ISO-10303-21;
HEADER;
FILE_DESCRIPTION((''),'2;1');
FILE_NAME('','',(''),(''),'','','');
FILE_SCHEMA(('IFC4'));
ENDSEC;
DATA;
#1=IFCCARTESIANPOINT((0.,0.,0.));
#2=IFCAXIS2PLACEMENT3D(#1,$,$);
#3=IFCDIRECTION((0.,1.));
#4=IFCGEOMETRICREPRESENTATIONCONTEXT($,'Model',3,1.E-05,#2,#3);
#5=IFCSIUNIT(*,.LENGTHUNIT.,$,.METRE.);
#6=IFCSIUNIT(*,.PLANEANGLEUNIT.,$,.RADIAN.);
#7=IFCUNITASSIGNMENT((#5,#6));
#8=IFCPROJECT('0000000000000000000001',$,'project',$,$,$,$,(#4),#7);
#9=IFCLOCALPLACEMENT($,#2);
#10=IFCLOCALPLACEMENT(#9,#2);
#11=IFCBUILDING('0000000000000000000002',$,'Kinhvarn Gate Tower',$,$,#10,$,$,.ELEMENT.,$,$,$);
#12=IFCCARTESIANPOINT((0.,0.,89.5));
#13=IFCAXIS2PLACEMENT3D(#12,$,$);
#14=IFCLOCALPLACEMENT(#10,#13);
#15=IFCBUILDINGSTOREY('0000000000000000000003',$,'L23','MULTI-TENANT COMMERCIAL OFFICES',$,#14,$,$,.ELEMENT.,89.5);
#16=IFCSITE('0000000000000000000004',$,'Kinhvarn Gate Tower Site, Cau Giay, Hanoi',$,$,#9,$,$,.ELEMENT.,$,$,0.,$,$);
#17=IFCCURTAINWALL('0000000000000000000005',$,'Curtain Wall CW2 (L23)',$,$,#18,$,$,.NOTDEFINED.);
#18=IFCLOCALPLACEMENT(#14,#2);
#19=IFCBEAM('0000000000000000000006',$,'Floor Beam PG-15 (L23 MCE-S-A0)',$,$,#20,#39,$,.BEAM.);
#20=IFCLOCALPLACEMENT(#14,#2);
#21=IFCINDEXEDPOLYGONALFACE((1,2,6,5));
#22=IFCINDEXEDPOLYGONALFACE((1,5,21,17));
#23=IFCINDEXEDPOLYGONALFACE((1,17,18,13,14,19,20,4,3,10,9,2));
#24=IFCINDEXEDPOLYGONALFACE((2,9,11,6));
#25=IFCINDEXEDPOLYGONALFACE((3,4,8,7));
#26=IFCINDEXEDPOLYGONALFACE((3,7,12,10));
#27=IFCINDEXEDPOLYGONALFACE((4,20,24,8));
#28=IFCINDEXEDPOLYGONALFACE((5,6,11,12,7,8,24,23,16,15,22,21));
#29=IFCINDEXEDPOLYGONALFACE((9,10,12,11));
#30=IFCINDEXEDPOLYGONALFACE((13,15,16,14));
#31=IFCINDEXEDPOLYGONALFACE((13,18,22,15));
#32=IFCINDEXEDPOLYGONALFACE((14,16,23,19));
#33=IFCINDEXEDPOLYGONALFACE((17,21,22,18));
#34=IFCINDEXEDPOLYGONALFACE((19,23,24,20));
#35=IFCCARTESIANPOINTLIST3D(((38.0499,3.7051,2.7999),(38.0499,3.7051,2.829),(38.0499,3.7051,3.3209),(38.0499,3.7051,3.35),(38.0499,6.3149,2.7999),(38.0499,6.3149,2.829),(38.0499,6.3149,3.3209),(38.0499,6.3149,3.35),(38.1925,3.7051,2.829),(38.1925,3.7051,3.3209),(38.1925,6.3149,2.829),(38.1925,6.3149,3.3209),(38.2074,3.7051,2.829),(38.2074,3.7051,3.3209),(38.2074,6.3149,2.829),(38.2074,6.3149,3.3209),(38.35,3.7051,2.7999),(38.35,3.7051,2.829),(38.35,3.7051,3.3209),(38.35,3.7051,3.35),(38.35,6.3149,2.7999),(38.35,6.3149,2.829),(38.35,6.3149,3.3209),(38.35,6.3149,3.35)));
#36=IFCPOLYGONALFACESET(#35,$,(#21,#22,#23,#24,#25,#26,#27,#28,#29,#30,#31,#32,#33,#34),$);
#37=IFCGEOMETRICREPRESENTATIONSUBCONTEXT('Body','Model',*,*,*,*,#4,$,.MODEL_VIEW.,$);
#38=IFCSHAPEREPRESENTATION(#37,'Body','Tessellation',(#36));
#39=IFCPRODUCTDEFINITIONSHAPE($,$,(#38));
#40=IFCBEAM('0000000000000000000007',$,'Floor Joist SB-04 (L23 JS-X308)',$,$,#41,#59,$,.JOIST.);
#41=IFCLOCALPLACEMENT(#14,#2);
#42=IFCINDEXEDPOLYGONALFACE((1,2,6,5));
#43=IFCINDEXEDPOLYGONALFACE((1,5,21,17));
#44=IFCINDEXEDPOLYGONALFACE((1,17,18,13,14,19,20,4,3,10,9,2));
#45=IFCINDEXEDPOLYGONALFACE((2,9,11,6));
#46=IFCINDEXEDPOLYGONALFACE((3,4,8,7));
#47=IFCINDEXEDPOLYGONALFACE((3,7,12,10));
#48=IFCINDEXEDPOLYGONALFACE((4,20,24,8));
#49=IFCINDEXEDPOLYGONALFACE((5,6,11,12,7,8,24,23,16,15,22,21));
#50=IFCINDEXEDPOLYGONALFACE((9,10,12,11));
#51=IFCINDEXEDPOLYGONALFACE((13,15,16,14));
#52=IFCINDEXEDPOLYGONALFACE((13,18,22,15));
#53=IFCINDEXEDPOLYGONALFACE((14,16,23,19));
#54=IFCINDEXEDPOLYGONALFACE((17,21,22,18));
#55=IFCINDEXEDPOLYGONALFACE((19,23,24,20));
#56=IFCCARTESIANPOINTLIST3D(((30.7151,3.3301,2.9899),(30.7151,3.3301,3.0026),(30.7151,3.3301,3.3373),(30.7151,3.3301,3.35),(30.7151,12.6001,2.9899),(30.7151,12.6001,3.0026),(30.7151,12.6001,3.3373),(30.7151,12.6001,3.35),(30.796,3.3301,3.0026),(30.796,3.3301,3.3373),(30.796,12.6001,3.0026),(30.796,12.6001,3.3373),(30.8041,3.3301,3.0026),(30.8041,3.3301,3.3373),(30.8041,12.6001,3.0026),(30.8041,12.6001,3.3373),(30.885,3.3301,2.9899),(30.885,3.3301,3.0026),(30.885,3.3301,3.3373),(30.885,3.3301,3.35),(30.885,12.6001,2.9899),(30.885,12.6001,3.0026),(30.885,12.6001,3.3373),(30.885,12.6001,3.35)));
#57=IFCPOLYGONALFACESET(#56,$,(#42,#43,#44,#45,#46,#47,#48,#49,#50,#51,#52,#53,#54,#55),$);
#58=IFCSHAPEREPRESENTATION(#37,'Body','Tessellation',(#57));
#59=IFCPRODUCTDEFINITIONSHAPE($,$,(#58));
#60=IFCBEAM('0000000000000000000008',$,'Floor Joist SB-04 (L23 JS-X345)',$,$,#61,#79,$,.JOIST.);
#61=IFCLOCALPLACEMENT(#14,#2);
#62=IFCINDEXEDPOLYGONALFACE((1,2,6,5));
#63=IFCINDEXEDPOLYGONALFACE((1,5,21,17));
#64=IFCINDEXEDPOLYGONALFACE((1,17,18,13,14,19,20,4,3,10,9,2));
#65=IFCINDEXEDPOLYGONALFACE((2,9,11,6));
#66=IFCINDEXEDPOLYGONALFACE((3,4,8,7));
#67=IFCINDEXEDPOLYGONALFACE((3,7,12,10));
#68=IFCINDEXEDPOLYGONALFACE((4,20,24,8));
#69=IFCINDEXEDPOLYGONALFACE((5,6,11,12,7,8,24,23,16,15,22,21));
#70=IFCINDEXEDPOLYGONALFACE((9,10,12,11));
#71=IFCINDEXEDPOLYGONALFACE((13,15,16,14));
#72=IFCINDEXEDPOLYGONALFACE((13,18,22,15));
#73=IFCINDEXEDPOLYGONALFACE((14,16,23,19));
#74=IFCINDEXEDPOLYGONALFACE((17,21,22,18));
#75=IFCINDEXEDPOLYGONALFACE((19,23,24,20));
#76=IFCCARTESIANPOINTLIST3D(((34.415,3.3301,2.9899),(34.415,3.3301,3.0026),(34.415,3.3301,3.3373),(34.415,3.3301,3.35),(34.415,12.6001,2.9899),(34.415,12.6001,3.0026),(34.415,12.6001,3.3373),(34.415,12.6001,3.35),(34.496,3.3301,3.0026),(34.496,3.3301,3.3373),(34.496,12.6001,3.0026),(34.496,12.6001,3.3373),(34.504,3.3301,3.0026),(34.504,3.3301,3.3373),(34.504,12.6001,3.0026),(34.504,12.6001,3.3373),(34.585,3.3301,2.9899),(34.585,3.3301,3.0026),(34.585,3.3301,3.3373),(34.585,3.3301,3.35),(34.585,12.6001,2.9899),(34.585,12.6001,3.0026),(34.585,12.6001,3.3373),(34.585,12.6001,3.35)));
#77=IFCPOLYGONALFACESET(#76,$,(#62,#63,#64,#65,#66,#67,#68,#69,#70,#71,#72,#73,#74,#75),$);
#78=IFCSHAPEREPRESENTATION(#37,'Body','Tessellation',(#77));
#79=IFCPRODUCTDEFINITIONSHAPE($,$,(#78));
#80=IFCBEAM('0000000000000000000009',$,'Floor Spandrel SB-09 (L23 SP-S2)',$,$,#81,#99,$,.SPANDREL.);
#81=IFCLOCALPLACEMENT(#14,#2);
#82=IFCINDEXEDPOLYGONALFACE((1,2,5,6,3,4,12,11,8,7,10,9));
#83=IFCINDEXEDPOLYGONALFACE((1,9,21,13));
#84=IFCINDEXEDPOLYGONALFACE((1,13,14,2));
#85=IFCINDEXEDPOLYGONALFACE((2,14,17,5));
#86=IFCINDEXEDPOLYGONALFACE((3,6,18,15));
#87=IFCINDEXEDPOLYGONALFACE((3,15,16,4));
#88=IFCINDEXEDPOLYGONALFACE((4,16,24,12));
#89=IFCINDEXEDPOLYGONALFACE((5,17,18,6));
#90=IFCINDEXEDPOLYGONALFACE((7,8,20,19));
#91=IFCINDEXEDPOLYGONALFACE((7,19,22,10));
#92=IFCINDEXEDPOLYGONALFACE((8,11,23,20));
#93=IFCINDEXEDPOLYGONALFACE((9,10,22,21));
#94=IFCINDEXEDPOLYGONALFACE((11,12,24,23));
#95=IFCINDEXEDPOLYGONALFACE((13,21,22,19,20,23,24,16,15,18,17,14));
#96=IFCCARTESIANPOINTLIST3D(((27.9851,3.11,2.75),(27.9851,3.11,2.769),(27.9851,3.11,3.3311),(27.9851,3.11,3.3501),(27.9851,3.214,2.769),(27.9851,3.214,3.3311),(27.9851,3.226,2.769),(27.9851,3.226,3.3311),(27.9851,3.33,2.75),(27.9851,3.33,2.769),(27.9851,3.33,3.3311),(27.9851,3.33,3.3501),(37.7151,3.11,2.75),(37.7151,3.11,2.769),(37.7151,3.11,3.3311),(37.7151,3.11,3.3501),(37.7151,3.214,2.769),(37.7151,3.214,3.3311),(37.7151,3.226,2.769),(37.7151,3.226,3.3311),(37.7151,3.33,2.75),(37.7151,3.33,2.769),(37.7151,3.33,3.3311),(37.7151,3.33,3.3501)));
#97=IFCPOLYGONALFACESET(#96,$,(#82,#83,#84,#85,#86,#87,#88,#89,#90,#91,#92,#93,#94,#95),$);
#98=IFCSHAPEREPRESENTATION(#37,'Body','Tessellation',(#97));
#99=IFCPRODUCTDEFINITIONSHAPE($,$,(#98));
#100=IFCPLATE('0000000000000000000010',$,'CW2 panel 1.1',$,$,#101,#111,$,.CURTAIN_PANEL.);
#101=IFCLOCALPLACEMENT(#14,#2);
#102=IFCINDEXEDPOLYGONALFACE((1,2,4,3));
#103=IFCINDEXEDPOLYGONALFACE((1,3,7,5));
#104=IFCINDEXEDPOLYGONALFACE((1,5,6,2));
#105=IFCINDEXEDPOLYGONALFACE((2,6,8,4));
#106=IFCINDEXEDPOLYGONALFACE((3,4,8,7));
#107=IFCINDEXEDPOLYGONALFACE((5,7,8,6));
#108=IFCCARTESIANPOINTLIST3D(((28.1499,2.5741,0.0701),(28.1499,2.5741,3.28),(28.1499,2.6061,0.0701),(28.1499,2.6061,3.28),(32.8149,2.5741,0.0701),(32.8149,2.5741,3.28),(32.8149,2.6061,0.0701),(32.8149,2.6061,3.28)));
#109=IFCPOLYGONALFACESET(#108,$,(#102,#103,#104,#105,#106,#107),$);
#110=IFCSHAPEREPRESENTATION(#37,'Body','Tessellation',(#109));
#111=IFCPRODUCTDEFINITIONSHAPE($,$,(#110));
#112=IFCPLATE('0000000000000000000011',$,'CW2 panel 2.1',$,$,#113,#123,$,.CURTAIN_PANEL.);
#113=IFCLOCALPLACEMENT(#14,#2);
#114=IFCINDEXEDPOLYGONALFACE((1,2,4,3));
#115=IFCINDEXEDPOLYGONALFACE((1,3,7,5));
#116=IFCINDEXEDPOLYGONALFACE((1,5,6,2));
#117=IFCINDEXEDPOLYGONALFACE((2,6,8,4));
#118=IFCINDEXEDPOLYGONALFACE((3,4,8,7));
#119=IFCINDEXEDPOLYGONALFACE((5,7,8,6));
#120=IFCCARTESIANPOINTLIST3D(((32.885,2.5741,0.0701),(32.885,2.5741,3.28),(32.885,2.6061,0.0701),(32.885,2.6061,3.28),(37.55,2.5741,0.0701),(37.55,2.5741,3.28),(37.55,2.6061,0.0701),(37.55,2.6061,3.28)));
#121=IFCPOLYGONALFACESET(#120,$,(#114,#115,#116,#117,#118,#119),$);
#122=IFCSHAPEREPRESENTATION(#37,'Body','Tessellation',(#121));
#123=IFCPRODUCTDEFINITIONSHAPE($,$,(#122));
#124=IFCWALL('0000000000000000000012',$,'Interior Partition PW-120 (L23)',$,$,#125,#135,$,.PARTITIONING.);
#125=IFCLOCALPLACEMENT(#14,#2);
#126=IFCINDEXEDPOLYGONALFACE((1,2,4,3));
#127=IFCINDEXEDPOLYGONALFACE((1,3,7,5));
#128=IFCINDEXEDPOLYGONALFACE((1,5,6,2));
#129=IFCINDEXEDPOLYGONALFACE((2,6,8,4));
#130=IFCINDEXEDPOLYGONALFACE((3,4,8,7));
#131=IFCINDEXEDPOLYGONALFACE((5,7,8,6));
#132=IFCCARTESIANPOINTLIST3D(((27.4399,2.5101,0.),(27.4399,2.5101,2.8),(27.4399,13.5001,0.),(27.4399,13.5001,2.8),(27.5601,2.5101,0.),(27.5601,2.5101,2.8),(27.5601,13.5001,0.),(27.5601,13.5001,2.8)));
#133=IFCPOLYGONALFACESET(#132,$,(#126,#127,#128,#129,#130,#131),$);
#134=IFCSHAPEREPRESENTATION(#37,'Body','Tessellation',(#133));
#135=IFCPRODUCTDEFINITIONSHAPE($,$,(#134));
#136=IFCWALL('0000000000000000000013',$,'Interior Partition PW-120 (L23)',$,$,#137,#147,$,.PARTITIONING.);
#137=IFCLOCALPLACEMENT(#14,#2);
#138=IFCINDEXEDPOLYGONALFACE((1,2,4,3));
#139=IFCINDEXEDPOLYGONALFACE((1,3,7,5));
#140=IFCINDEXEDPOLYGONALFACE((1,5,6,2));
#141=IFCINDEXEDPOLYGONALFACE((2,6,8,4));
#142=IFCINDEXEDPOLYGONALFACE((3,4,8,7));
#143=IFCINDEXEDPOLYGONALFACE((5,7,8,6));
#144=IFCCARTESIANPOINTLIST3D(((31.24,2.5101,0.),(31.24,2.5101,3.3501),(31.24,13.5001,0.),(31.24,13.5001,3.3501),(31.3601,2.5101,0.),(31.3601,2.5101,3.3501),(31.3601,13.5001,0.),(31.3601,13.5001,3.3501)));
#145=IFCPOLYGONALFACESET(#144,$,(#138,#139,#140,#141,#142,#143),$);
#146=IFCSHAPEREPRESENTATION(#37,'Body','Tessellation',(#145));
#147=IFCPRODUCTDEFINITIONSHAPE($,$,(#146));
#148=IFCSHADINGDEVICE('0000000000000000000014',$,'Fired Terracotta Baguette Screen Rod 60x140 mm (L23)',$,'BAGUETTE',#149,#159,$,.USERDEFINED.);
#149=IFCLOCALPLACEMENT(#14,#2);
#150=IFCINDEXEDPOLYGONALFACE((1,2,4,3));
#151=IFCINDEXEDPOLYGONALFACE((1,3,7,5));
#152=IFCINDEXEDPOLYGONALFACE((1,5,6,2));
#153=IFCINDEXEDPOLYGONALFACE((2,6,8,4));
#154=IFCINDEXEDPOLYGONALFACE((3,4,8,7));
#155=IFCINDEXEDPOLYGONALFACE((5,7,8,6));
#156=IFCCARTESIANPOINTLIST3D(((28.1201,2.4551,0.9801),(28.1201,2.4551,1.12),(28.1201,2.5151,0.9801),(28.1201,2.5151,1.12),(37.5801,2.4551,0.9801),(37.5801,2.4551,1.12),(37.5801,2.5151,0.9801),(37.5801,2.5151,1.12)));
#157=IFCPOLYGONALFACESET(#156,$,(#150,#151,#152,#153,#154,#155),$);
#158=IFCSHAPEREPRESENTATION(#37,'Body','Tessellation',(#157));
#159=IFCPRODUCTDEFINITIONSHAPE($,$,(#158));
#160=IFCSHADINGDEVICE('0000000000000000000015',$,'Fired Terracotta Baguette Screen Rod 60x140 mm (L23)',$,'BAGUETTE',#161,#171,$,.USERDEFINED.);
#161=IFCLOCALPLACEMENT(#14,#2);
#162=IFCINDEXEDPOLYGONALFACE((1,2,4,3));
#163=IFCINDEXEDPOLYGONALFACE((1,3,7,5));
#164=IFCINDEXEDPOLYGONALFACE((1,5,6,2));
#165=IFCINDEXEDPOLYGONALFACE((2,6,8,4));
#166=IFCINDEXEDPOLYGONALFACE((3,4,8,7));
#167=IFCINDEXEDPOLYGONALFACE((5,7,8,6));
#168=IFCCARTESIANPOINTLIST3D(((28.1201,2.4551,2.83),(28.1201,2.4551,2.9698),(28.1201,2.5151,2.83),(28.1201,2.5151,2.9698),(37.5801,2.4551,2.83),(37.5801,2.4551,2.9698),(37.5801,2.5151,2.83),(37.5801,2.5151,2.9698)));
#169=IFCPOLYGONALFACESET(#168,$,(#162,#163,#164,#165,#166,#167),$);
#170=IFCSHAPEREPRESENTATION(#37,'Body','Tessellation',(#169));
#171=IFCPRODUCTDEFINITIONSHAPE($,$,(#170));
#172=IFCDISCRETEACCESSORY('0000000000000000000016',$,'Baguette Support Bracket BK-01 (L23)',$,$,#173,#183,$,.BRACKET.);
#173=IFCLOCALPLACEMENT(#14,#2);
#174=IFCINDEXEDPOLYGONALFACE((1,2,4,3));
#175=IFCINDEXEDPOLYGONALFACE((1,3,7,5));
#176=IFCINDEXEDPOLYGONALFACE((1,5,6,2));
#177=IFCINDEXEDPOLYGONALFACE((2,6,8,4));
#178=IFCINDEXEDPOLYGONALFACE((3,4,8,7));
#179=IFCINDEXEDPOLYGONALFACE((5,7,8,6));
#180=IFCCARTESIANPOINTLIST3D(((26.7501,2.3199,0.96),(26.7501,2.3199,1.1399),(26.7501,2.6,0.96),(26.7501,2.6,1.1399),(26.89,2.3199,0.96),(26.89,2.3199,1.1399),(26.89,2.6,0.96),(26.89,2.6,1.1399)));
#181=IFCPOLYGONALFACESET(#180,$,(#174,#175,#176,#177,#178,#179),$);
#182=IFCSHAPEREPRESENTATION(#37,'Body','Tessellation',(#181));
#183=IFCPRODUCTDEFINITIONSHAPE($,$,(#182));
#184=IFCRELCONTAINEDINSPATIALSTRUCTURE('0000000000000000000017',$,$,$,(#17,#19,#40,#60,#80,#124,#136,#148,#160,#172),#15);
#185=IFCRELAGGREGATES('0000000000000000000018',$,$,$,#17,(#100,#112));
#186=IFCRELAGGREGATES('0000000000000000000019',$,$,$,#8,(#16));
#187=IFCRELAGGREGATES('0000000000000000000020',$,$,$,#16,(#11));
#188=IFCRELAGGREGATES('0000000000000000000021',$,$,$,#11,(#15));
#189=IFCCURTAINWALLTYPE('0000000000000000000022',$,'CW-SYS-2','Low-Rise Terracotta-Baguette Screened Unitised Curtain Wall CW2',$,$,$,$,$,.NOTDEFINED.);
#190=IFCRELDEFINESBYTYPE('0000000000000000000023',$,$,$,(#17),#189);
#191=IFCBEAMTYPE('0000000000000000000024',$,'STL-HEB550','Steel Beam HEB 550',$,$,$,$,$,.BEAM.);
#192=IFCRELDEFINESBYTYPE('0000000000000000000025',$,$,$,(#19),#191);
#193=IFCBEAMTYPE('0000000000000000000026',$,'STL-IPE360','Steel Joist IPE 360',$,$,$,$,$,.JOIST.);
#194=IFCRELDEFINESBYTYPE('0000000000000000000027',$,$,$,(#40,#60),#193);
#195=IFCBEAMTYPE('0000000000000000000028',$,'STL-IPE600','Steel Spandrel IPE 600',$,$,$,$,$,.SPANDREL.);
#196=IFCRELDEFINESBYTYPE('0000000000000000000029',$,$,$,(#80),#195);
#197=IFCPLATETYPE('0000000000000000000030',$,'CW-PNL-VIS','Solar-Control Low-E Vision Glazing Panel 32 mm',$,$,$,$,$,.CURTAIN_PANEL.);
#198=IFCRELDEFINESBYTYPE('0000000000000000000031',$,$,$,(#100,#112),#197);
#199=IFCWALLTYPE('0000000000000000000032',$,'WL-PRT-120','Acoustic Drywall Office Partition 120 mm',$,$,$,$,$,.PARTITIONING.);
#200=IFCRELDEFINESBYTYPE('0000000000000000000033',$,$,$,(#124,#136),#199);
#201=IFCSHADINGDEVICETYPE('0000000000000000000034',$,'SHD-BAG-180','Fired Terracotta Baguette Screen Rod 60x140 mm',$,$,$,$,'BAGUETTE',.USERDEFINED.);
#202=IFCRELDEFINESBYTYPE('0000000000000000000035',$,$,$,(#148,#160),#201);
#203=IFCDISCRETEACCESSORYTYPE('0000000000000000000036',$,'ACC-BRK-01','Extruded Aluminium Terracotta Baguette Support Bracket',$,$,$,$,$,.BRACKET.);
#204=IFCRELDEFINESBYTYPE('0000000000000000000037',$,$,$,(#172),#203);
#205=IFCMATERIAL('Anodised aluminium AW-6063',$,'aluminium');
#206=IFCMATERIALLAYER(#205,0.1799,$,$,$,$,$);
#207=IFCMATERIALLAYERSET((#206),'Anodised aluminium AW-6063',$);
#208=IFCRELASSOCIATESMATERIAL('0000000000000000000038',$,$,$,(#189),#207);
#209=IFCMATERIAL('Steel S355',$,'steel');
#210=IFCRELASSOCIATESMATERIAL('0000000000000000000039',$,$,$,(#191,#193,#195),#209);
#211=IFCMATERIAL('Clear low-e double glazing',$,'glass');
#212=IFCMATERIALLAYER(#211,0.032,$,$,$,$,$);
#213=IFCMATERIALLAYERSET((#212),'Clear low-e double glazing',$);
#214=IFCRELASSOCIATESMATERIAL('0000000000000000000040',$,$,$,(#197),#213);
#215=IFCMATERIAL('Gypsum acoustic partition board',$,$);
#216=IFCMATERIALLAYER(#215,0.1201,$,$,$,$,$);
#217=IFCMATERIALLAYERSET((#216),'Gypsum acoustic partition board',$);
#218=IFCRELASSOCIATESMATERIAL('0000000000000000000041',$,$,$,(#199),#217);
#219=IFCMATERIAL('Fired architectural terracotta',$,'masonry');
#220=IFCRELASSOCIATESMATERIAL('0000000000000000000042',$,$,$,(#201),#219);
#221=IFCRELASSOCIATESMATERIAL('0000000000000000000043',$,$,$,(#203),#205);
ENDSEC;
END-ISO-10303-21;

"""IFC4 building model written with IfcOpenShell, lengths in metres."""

from ifc_helpers import new_model, si_unit, direction, frame, frame_2d, origin, origin_2d, place, context, subcontext, project, spatial, rectangle, i_section, extrude, material, layer, layer_set, material_profile, profile_set, type_object, element, aggregate, save


model = new_model("IFC4")

# Units and contexts
model_context = context("Model", 3, precision=1e-05, world=origin(), true_north=direction((0.0, 1.0)))
body_context = subcontext(model_context, "Body", "Model", "MODEL_VIEW")
ifc_project = project(units=[si_unit("LENGTHUNIT", "METRE"), si_unit("PLANEANGLEUNIT", "RADIAN")], contexts=[model_context])

# Site, building, storey
site_placement = place(None, origin())
site = spatial("IfcSite", under=ifc_project, at=site_placement, Name="Kinhvarn Gate Tower Site, Cau Giay, Hanoi", CompositionType="ELEMENT", RefElevation=0.0)
building_placement = place(site_placement, origin())
building = spatial("IfcBuilding", under=site, at=building_placement, Name="Kinhvarn Gate Tower", CompositionType="ELEMENT")
storey_placement = place(building_placement, frame((0.0, 0.0, 89.5)))
storey = spatial("IfcBuildingStorey", under=building, at=storey_placement, Name="L23", Description="MULTI-TENANT COMMERCIAL OFFICES", CompositionType="ELEMENT", Elevation=89.5)

# Shared definitions
ifc_material_1 = material(Name="Anodised aluminium AW-6063", Category="aluminium")
ifc_layer_1 = layer(ifc_material_1, 0.1799)
ifc_layer_set_1 = layer_set([ifc_layer_1], Name="Anodised aluminium AW-6063")
curtain_wall_type = type_object("IfcCurtainWallType", Name="CW-SYS-2", Description="Low-Rise Terracotta-Baguette Screened Unitised Curtain Wall CW2", PredefinedType="NOTDEFINED", material=ifc_layer_set_1)

# Curtain wall
curtain_wall_1_placement = place(storey_placement, origin())
curtain_wall_1 = element("IfcCurtainWall", 1, at=curtain_wall_1_placement, inside=storey, type_object=curtain_wall_type, Name="Curtain Wall CW2 (L23)", PredefinedType="NOTDEFINED")

# Beams
ifc_material_2 = material(Name="Steel S355", Category="steel")
ifc_material_profile_1 = material_profile(ifc_material_2, i_section(OverallWidth=0.3, OverallDepth=0.55, WebThickness=0.0149, FlangeThickness=0.0291, at=origin_2d()), Name="HEB 550")
ifc_profile_set_1 = profile_set([ifc_material_profile_1], Name="Steel S355")
beam_type_1 = type_object("IfcBeamType", Name="STL-HEB550", Description="Steel Beam HEB 550", PredefinedType="BEAM", material=ifc_profile_set_1)
beam_1_placement = place(storey_placement, frame((38.2, 3.7051, 3.075), z_axis=(0.0, 1.0, 0.0), x_axis=(-1.0, 0.0, 0.0)))
element("IfcBeam", 2, at=beam_1_placement, inside=storey, type_object=beam_type_1, Name="Floor Beam PG-15 (L23 MCE-S-A0)", PredefinedType="BEAM", context=body_context, shape_type="SweptSolid", body=[
    extrude(i_section(OverallWidth=0.3, OverallDepth=0.55, WebThickness=0.0149, FlangeThickness=0.0291, at=origin_2d()), origin(), (0.0, 0.0, 1.0), 2.6099),
])
ifc_material_profile_2 = material_profile(ifc_material_2, i_section(OverallWidth=0.1699, OverallDepth=0.3601, WebThickness=0.0081, FlangeThickness=0.0127, at=origin_2d()), Name="IPE 360")
ifc_profile_set_2 = profile_set([ifc_material_profile_2], Name="Steel S355")
beam_type_2 = type_object("IfcBeamType", Name="STL-IPE360", Description="Steel Joist IPE 360", PredefinedType="JOIST", material=ifc_profile_set_2)
for number, where, z_axis, x_axis, name in (
    (3, (30.8, 3.3301, 3.1699), (0.0, 1.0, 0.0), (-1.0, 0.0, 0.0), "Floor Joist SB-04 (L23 JS-X308)"),
    (4, (34.5, 3.3301, 3.1699), (0.0, 1.0, 0.0), (-1.0, 0.0, 0.0), "Floor Joist SB-04 (L23 JS-X345)"),
):
    element("IfcBeam", number, at=place(storey_placement, frame(where, z_axis=z_axis, x_axis=x_axis)), inside=storey, type_object=beam_type_2, Name=name, PredefinedType="JOIST", context=body_context, shape_type="SweptSolid", body=[
        extrude(i_section(OverallWidth=0.1699, OverallDepth=0.3601, WebThickness=0.0081, FlangeThickness=0.0127, at=origin_2d()), origin(), (0.0, 0.0, 1.0), 9.27),
    ])
ifc_material_profile_3 = material_profile(ifc_material_2, i_section(OverallWidth=0.22, OverallDepth=0.6001, WebThickness=0.012, FlangeThickness=0.019, at=origin_2d()), Name="IPE 600")
ifc_profile_set_3 = profile_set([ifc_material_profile_3], Name="Steel S355")
beam_type_3 = type_object("IfcBeamType", Name="STL-IPE600", Description="Steel Spandrel IPE 600", PredefinedType="SPANDREL", material=ifc_profile_set_3)
beam_2_placement = place(storey_placement, frame((27.9851, 3.22, 3.05), z_axis=(1.0, 0.0, 0.0), x_axis=(0.0, 1.0, 0.0)))
element("IfcBeam", 5, at=beam_2_placement, inside=storey, type_object=beam_type_3, Name="Floor Spandrel SB-09 (L23 SP-S2)", PredefinedType="SPANDREL", context=body_context, shape_type="SweptSolid", body=[
    extrude(i_section(OverallWidth=0.22, OverallDepth=0.6001, WebThickness=0.012, FlangeThickness=0.019, at=origin_2d()), origin(), (0.0, 0.0, 1.0), 9.73),
])

# Plates
ifc_material_3 = material(Name="Clear low-e double glazing", Category="glass")
ifc_layer_2 = layer(ifc_material_3, 0.032)
ifc_layer_set_2 = layer_set([ifc_layer_2], Name="Clear low-e double glazing")
plate_type = type_object("IfcPlateType", Name="CW-PNL-VIS", Description="Solar-Control Low-E Vision Glazing Panel 32 mm", PredefinedType="CURTAIN_PANEL", material=ifc_layer_set_2)
plate_1_placement = place(storey_placement, frame((30.4824, 2.5901, 0.0701), z_axis=(0.0, 0.0, 1.0), x_axis=(1.0, 0.0, 0.0)))
plate_1 = element("IfcPlate", 6, at=plate_1_placement, type_object=plate_type, Name="CW2 panel 1.1", PredefinedType="CURTAIN_PANEL", context=body_context, shape_type="SweptSolid", body=[
    extrude(rectangle(XDim=4.665, YDim=0.032, at=origin_2d()), origin(), (0.0, 0.0, 1.0), 3.21),
])
plate_2_placement = place(storey_placement, frame((35.2175, 2.5901, 0.0701), z_axis=(0.0, 0.0, 1.0), x_axis=(1.0, 0.0, 0.0)))
plate_2 = element("IfcPlate", 7, at=plate_2_placement, type_object=plate_type, Name="CW2 panel 2.1", PredefinedType="CURTAIN_PANEL", context=body_context, shape_type="SweptSolid", body=[
    extrude(rectangle(XDim=4.665, YDim=0.032, at=origin_2d()), origin(), (0.0, 0.0, 1.0), 3.21),
])
aggregate(curtain_wall_1, [plate_1, plate_2])

# Walls
ifc_material_4 = material(Name="Gypsum acoustic partition board")
ifc_layer_3 = layer(ifc_material_4, 0.1201)
ifc_layer_set_3 = layer_set([ifc_layer_3], Name="Gypsum acoustic partition board")
wall_type = type_object("IfcWallType", Name="WL-PRT-120", Description="Acoustic Drywall Office Partition 120 mm", PredefinedType="PARTITIONING", material=ifc_layer_set_3)
wall_1_placement = place(storey_placement, frame((27.5, 2.51, 0.0), z_axis=(0.0, 0.0, 1.0), x_axis=(0.0, 1.0, 0.0)))
element("IfcWall", 8, at=wall_1_placement, inside=storey, type_object=wall_type, Name="Interior Partition PW-120 (L23)", PredefinedType="PARTITIONING", context=body_context, shape_type="SweptSolid", body=[
    extrude(rectangle(XDim=10.99, YDim=0.1201, at=frame_2d((5.4951, 0.0))), origin(), (0.0, 0.0, 1.0), 2.8),
])
wall_2_placement = place(storey_placement, frame((31.3, 2.51, 0.0), z_axis=(0.0, 0.0, 1.0), x_axis=(0.0, 1.0, 0.0)))
element("IfcWall", 9, at=wall_2_placement, inside=storey, type_object=wall_type, Name="Interior Partition PW-120 (L23)", PredefinedType="PARTITIONING", context=body_context, shape_type="SweptSolid", body=[
    extrude(rectangle(XDim=10.99, YDim=0.1201, at=frame_2d((5.4951, 0.0))), origin(), (0.0, 0.0, 1.0), 3.3501),
])

# Shading devices
ifc_material_5 = material(Name="Fired architectural terracotta", Category="masonry")
ifc_material_profile_4 = material_profile(ifc_material_5, rectangle(XDim=0.0601, YDim=0.1399, at=origin_2d()), Name="TC 60x140")
ifc_profile_set_4 = profile_set([ifc_material_profile_4], Name="Fired architectural terracotta")
shading_device_type = type_object("IfcShadingDeviceType", Name="SHD-BAG-180", Description="Fired Terracotta Baguette Screen Rod 60x140 mm", ElementType="BAGUETTE", PredefinedType="USERDEFINED", material=ifc_profile_set_4)
for number, where, z_axis, x_axis, name in (
    (10, (28.1201, 2.4851, 1.05), (1.0, 0.0, 0.0), (0.0, 1.0, 0.0), "Fired Terracotta Baguette Screen Rod 60x140 mm (L23)"),
    (11, (28.1201, 2.4851, 2.8999), (1.0, 0.0, 0.0), (0.0, 1.0, 0.0), "Fired Terracotta Baguette Screen Rod 60x140 mm (L23)"),
):
    element("IfcShadingDevice", number, at=place(storey_placement, frame(where, z_axis=z_axis, x_axis=x_axis)), inside=storey, type_object=shading_device_type, Name=name, ObjectType="BAGUETTE", PredefinedType="USERDEFINED", context=body_context, shape_type="SweptSolid", body=[
        extrude(rectangle(XDim=0.0601, YDim=0.1399, at=origin_2d()), origin(), (0.0, 0.0, 1.0), 9.46),
    ])

# Discrete accessory
discrete_accessory_type = type_object("IfcDiscreteAccessoryType", Name="ACC-BRK-01", Description="Extruded Aluminium Terracotta Baguette Support Bracket", PredefinedType="BRACKET", material=ifc_material_1)
for number, where, z_axis, x_axis, name in (
    (12, (26.8201, 2.46, 0.96), (0.0, 0.0, 1.0), (1.0, 0.0, 0.0), "Baguette Support Bracket BK-01 (L23)"),
):
    element("IfcDiscreteAccessory", number, at=place(storey_placement, frame(where, z_axis=z_axis, x_axis=x_axis)), inside=storey, type_object=discrete_accessory_type, Name=name, PredefinedType="BRACKET", context=body_context, shape_type="SweptSolid", body=[
        extrude(rectangle(XDim=0.1399, YDim=0.28, at=origin_2d()), origin(), (0.0, 0.0, 1.0), 0.1799),
    ])

save(model, "model.ifc")
